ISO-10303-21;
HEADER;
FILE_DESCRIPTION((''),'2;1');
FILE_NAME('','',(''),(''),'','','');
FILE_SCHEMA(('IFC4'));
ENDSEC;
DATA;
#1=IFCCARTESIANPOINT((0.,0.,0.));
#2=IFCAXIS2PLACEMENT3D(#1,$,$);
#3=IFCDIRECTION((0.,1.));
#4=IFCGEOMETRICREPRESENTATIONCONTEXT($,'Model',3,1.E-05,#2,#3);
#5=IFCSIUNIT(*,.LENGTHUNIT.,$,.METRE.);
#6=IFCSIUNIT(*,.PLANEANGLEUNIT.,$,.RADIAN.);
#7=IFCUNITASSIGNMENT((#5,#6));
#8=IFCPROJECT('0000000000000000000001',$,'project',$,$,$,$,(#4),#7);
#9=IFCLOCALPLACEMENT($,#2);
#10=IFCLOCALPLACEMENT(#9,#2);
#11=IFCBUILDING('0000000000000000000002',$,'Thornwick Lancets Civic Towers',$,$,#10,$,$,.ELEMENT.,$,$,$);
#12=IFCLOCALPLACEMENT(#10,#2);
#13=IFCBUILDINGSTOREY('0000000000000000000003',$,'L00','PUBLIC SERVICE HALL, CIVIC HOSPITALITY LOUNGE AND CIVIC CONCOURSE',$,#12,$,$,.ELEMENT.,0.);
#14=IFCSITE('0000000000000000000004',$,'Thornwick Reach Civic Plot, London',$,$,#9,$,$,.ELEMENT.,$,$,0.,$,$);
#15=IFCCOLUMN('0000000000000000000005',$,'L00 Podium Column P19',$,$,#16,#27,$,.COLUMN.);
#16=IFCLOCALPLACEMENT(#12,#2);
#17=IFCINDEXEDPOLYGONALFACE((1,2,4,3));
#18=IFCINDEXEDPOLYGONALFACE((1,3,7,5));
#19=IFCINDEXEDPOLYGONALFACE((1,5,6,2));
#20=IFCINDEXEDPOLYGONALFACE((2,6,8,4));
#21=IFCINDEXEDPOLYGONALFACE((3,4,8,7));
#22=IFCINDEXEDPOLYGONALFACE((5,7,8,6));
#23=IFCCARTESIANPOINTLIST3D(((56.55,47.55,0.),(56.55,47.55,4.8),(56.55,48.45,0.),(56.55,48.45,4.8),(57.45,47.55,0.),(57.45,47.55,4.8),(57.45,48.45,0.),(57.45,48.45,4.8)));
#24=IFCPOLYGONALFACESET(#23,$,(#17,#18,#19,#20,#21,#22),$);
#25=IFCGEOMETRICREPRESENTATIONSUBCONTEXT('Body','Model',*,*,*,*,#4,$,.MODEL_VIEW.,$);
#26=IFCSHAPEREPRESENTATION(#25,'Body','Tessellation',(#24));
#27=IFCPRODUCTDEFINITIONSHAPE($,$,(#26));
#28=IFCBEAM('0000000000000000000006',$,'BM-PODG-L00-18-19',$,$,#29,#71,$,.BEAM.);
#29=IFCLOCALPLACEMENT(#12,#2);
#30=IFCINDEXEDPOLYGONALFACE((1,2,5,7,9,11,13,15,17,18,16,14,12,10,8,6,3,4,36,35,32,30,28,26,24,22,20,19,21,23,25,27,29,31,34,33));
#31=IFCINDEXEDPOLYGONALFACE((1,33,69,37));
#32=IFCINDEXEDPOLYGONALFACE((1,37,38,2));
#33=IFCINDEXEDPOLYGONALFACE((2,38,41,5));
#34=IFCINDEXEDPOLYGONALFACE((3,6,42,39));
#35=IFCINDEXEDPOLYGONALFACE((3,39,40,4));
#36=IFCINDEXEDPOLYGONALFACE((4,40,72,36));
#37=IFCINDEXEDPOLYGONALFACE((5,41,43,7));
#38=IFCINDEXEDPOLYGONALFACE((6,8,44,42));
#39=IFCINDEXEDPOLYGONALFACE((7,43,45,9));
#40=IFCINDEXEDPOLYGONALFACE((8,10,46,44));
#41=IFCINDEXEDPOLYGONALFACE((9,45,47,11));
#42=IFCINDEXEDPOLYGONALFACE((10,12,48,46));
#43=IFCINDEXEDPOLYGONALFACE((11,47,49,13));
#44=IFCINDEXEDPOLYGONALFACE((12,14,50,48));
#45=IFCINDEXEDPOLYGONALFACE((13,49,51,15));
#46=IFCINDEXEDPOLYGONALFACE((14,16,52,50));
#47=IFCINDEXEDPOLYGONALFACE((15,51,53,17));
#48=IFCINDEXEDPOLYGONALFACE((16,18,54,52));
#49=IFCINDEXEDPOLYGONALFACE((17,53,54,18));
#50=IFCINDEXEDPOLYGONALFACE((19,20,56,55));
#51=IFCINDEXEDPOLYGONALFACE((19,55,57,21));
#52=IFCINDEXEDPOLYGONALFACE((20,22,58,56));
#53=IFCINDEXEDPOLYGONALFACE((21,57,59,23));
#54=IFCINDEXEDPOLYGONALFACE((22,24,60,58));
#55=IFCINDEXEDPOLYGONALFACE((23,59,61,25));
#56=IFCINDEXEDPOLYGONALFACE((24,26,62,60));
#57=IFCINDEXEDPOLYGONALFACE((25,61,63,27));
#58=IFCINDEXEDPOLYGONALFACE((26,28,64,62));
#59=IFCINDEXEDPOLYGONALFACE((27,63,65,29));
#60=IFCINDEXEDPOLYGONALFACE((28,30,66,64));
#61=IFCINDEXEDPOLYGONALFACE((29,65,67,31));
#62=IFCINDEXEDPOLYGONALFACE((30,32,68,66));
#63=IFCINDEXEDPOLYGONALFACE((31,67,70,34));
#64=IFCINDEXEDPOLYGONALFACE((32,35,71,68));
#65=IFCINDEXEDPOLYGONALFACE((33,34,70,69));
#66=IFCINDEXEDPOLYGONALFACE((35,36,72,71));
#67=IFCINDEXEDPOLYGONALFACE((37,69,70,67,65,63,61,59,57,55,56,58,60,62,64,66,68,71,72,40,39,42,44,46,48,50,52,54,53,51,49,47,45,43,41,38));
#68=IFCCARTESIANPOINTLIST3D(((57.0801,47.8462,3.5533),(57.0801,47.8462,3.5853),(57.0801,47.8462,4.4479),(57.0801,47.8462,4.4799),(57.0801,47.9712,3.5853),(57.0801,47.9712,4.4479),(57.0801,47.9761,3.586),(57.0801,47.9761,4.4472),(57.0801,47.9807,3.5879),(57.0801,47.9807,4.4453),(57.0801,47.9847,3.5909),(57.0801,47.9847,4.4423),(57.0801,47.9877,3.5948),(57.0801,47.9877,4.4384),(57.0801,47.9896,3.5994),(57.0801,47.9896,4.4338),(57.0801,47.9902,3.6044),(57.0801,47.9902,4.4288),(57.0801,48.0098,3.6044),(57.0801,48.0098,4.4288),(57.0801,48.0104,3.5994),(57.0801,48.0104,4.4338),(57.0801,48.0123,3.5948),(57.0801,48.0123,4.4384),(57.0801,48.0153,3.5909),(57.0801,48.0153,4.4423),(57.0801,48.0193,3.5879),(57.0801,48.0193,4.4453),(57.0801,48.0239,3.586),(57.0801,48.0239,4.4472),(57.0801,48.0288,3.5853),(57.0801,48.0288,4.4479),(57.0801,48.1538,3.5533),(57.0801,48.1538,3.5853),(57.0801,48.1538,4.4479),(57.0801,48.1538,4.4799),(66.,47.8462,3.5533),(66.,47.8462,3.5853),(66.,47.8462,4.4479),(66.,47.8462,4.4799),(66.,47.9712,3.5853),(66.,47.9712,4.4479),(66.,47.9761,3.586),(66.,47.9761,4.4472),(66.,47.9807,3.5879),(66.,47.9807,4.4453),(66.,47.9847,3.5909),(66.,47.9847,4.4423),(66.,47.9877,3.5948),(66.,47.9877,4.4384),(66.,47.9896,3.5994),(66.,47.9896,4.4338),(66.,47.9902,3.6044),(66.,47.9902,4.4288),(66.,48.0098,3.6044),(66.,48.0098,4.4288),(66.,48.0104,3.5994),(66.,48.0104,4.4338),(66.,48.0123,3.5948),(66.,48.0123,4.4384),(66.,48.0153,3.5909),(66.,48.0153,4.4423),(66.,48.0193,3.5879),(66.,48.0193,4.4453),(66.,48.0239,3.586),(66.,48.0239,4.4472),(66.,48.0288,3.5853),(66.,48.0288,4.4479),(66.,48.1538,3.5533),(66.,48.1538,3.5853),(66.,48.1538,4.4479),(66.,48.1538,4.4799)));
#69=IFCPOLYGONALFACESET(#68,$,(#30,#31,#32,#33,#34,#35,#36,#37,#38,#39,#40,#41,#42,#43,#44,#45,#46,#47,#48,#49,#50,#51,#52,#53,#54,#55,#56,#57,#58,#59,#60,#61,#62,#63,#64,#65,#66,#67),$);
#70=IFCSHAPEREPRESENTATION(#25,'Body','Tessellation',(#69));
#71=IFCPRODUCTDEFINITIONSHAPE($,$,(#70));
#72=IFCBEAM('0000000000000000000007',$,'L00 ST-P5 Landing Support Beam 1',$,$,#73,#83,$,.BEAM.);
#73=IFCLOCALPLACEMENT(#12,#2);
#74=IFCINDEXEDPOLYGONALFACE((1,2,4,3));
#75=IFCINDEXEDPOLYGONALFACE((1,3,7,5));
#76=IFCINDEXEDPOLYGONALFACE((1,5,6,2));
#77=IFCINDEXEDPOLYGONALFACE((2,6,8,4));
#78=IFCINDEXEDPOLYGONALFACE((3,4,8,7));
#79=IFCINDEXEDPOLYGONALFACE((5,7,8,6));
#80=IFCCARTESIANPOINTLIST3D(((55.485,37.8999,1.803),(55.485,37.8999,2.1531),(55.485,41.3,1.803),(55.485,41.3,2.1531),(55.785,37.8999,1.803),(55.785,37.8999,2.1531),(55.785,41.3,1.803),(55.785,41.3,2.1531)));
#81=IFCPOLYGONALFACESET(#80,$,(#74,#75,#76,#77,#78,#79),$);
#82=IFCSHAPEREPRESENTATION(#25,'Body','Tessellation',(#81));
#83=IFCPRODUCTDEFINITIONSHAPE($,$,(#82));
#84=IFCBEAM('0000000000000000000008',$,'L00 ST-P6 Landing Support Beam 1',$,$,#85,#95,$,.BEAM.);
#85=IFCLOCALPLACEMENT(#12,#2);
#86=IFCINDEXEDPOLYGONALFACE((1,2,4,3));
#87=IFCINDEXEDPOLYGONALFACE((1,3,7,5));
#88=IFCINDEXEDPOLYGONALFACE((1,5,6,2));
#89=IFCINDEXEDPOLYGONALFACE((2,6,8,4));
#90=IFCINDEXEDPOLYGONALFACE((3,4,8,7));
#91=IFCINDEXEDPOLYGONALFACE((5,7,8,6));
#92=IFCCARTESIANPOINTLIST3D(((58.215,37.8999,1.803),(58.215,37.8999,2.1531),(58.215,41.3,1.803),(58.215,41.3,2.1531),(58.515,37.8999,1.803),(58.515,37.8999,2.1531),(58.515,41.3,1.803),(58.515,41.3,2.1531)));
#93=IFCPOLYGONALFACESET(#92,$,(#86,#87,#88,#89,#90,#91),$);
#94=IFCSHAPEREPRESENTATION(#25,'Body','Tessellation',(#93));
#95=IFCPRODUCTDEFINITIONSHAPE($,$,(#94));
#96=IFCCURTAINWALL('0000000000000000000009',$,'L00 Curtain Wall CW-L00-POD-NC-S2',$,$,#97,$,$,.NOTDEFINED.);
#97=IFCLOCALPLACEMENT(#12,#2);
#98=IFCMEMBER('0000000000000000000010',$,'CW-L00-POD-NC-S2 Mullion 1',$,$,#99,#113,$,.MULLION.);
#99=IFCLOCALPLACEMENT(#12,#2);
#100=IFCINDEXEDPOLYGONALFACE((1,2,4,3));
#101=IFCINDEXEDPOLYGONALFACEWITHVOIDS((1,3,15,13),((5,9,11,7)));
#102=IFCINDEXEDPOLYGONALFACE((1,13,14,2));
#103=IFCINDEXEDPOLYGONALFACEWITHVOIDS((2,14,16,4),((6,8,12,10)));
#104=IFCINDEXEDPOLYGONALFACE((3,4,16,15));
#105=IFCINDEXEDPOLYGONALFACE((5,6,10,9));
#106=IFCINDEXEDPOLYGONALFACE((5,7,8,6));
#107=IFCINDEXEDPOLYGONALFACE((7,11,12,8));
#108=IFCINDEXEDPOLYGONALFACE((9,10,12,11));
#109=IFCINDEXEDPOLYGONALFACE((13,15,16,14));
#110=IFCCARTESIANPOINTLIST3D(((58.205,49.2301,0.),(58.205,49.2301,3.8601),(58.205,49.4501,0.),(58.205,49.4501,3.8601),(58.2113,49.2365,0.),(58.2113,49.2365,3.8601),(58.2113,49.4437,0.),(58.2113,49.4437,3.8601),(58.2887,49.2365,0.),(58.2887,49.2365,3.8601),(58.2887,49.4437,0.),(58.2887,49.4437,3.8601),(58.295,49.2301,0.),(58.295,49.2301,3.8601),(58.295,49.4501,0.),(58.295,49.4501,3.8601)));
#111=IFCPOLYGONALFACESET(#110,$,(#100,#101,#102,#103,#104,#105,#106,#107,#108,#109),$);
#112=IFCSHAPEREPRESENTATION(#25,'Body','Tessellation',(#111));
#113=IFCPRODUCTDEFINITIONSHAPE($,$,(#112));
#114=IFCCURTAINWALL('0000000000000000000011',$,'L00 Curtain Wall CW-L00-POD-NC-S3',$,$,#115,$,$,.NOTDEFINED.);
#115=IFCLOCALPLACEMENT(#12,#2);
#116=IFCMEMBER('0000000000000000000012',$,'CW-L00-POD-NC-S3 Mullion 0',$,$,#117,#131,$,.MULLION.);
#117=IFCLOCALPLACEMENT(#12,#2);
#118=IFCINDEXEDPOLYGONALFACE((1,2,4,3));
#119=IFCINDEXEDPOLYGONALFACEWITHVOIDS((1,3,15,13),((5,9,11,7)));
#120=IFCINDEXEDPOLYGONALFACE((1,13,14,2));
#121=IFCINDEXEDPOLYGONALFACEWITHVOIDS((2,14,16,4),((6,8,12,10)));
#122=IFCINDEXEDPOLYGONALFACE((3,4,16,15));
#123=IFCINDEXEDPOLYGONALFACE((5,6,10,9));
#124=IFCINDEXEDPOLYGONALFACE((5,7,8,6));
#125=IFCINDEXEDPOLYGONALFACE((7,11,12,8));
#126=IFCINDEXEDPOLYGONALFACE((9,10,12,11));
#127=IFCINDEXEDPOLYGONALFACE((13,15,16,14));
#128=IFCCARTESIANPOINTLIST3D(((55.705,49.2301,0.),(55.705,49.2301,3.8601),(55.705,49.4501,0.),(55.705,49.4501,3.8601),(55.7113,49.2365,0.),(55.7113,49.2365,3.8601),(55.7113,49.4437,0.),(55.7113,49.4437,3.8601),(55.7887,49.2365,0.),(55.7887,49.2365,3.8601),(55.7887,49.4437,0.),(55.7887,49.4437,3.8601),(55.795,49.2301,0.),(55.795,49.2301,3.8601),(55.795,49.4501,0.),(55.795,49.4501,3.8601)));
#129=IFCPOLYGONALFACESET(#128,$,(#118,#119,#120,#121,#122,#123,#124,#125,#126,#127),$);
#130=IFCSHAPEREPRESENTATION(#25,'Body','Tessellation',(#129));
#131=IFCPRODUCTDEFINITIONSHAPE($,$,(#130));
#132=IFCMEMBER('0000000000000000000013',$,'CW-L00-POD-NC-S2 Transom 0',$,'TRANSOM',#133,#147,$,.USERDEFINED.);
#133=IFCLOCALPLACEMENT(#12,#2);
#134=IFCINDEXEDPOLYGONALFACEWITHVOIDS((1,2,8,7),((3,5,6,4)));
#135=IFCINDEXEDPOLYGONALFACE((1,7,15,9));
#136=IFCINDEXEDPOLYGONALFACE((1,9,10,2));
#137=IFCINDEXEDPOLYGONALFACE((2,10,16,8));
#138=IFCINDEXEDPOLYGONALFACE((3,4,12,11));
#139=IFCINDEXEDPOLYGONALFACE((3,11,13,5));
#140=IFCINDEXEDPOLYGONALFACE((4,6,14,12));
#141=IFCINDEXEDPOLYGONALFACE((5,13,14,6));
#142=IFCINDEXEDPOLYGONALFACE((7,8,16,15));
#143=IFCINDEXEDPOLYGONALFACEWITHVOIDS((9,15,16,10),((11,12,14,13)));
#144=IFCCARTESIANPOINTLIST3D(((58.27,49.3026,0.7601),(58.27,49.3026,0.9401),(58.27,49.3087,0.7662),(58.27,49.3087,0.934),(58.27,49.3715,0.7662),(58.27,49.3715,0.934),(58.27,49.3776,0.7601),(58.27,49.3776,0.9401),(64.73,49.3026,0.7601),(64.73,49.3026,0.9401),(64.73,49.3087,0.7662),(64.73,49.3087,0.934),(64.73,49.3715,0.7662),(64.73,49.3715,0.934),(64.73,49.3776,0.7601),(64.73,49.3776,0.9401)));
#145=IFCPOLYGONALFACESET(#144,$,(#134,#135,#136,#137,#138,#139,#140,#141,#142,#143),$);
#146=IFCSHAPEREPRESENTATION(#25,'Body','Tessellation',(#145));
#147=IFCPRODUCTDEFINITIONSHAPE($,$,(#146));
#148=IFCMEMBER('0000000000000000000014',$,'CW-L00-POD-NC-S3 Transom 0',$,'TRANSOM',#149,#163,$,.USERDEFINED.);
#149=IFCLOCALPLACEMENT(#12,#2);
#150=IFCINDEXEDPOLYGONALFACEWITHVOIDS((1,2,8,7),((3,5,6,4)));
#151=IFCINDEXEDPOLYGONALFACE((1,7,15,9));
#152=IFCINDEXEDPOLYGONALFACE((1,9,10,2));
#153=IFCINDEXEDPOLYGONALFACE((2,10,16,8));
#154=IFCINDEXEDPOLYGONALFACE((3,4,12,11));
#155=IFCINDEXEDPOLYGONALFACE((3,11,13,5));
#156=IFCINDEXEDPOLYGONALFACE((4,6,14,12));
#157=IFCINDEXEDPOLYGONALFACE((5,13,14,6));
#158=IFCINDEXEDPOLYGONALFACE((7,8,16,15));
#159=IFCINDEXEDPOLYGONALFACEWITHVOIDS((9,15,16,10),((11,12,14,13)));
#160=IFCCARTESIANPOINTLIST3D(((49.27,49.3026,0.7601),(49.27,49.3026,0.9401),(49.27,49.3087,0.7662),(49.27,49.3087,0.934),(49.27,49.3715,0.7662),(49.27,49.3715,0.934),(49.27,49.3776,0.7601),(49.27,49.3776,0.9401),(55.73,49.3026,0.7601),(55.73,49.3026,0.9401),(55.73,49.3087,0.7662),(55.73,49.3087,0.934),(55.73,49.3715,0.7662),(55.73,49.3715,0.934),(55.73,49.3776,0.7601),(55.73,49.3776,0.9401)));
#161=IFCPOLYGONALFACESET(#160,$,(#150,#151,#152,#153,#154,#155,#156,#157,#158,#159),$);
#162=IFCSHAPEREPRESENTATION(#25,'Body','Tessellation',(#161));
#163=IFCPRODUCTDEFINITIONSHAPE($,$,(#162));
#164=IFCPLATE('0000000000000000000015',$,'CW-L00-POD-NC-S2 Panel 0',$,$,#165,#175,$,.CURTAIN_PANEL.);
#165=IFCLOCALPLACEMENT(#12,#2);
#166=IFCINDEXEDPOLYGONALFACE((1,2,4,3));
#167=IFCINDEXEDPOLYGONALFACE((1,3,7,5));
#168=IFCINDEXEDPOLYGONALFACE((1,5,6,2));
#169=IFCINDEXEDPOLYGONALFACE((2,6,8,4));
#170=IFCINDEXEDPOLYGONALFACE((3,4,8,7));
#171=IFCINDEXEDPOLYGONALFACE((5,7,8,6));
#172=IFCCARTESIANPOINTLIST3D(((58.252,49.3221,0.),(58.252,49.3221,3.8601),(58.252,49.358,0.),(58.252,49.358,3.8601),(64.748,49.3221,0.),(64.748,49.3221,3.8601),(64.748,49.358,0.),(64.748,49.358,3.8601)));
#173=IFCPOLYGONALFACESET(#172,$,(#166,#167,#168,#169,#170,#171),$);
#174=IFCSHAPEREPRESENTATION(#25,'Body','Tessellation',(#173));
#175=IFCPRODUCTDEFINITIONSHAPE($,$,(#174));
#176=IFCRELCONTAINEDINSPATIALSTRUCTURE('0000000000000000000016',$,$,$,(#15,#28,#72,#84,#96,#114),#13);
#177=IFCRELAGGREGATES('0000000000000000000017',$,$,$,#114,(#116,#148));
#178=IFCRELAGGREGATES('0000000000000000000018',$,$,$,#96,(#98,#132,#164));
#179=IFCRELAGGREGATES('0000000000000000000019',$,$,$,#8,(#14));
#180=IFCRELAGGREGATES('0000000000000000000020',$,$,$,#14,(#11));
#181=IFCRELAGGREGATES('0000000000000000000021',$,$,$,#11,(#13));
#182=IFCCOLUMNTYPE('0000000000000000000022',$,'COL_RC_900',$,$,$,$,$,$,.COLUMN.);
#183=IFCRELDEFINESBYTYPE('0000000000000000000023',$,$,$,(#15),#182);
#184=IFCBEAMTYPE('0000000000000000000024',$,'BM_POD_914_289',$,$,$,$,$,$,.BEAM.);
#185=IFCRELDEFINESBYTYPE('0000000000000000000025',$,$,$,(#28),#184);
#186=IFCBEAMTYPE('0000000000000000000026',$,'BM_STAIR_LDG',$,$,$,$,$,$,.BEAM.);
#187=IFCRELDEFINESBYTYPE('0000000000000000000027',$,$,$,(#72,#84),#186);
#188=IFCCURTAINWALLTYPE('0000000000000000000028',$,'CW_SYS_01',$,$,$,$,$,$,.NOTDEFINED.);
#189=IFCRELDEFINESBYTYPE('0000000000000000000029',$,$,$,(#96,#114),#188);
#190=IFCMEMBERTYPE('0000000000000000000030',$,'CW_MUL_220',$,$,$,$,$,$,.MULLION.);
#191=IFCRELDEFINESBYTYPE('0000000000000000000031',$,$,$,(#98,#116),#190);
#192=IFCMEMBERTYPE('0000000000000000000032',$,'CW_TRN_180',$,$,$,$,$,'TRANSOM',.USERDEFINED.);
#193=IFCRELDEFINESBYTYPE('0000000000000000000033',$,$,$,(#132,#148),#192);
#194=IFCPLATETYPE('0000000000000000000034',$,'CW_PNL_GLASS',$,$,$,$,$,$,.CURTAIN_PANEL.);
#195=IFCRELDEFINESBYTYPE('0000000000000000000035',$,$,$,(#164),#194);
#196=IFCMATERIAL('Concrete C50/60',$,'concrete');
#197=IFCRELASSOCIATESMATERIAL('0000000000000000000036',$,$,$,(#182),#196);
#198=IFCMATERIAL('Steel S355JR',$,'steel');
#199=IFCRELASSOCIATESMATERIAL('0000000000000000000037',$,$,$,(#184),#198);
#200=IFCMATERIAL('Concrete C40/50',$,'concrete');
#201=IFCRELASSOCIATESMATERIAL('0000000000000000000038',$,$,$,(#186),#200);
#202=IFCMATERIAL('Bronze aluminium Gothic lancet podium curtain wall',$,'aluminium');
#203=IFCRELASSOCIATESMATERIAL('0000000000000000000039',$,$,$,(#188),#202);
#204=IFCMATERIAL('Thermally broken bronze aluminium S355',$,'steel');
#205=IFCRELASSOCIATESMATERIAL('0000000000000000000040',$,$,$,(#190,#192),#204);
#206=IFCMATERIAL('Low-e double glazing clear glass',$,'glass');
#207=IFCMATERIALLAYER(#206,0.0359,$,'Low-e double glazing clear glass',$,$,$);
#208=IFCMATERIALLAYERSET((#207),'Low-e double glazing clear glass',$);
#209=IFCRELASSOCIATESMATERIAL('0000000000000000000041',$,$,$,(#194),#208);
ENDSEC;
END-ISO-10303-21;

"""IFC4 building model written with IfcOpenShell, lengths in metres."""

from ifc_helpers import new_model, si_unit, direction, frame, origin, origin_2d, place, context, subcontext, project, spatial, rectangle, hollow_rectangle, i_section, extrude, material, layer, layer_set, material_profile, profile_set, type_object, element, aggregate, save


model = new_model("IFC4")

# Units and contexts
model_context = context("Model", 3, precision=1e-05, world=origin(), true_north=direction((0.0, 1.0)))
body_context = subcontext(model_context, "Body", "Model", "MODEL_VIEW")
ifc_project = project(units=[si_unit("LENGTHUNIT", "METRE"), si_unit("PLANEANGLEUNIT", "RADIAN")], contexts=[model_context])

# Site, building, storey
site_placement = place(None, origin())
site = spatial("IfcSite", under=ifc_project, at=site_placement, Name="Thornwick Reach Civic Plot, London", CompositionType="ELEMENT", RefElevation=0.0)
building_placement = place(site_placement, origin())
building = spatial("IfcBuilding", under=site, at=building_placement, Name="Thornwick Lancets Civic Towers", CompositionType="ELEMENT")
storey_placement = place(building_placement, origin())
storey = spatial("IfcBuildingStorey", under=building, at=storey_placement, Name="L00", Description="PUBLIC SERVICE HALL, CIVIC HOSPITALITY LOUNGE AND CIVIC CONCOURSE", CompositionType="ELEMENT", Elevation=0.0)

# Column
ifc_material_1 = material(Name="Concrete C50/60", Category="concrete")
ifc_material_profile_1 = material_profile(ifc_material_1, rectangle(XDim=0.8999, YDim=0.8999, at=origin_2d()), Name="RC 900x900")
ifc_profile_set_1 = profile_set([ifc_material_profile_1], Name="Concrete C50/60")
column_type = type_object("IfcColumnType", Name="COL_RC_900", PredefinedType="COLUMN", material=ifc_profile_set_1)
column_placement = place(storey_placement, frame((57.0, 48.0, 0.0), z_axis=(0.0, 0.0, 1.0), x_axis=(1.0, 0.0, 0.0)))
element("IfcColumn", 1, at=column_placement, inside=storey, type_object=column_type, Name="L00 Podium Column P19", PredefinedType="COLUMN", context=body_context, shape_type="SweptSolid", body=[
    extrude(rectangle(XDim=0.8999, YDim=0.8999, at=origin_2d()), origin(), (0.0, 0.0, 1.0), 4.8),
])

# Beams
ifc_material_2 = material(Name="Steel S355JR", Category="steel")
ifc_material_profile_2 = material_profile(ifc_material_2, i_section(OverallWidth=0.3076, OverallDepth=0.9265, WebThickness=0.0195, FlangeThickness=0.032, FilletRadius=0.019, at=origin_2d()), Name="UKB 914x305x289")
ifc_profile_set_2 = profile_set([ifc_material_profile_2], Name="Steel S355JR")
beam_type_1 = type_object("IfcBeamType", Name="BM_POD_914_289", PredefinedType="BEAM", material=ifc_profile_set_2)
beam_placement = place(storey_placement, frame((57.0801, 48.0, 4.0166), z_axis=(1.0, 0.0, 0.0), x_axis=(0.0, 1.0, 0.0)))
element("IfcBeam", 2, at=beam_placement, inside=storey, type_object=beam_type_1, Name="BM-PODG-L00-18-19", PredefinedType="BEAM", context=body_context, shape_type="SweptSolid", body=[
    extrude(i_section(OverallWidth=0.3076, OverallDepth=0.9265, WebThickness=0.0195, FlangeThickness=0.032, FilletRadius=0.019, at=origin_2d()), origin(), (0.0, 0.0, 1.0), 8.9199),
])
ifc_material_3 = material(Name="Concrete C40/50", Category="concrete")
ifc_material_profile_3 = material_profile(ifc_material_3, rectangle(XDim=0.3, YDim=0.3501, at=origin_2d()), Name="RC 300x350")
ifc_profile_set_3 = profile_set([ifc_material_profile_3], Name="Concrete C40/50")
beam_type_2 = type_object("IfcBeamType", Name="BM_STAIR_LDG", PredefinedType="BEAM", material=ifc_profile_set_3)
for number, where, z_axis, x_axis, name in (
    (3, (55.635, 37.8999, 1.978), (0.0, 1.0, 0.0), (-1.0, 0.0, 0.0), "L00 ST-P5 Landing Support Beam 1"),
    (4, (58.365, 41.3, 1.978), (0.0, -1.0, 0.0), (1.0, 0.0, 0.0), "L00 ST-P6 Landing Support Beam 1"),
):
    element("IfcBeam", number, at=place(storey_placement, frame(where, z_axis=z_axis, x_axis=x_axis)), inside=storey, type_object=beam_type_2, Name=name, PredefinedType="BEAM", context=body_context, shape_type="SweptSolid", body=[
        extrude(rectangle(XDim=0.3, YDim=0.3501, at=origin_2d()), origin(), (0.0, 0.0, 1.0), 3.4001),
    ])

# Curtain walls, members
ifc_material_4 = material(Name="Bronze aluminium Gothic lancet podium curtain wall", Category="aluminium")
curtain_wall_type = type_object("IfcCurtainWallType", Name="CW_SYS_01", PredefinedType="NOTDEFINED", material=ifc_material_4)
curtain_wall_1_placement = place(storey_placement, origin())
curtain_wall_1 = element("IfcCurtainWall", 5, at=curtain_wall_1_placement, inside=storey, type_object=curtain_wall_type, Name="L00 Curtain Wall CW-L00-POD-NC-S2", PredefinedType="NOTDEFINED")
ifc_material_5 = material(Name="Thermally broken bronze aluminium S355", Category="steel")
ifc_material_profile_4 = material_profile(ifc_material_5, hollow_rectangle(XDim=0.0901, YDim=0.22, WallThickness=0.0063, at=origin_2d()), Name="RHS 220x90x6.3")
ifc_profile_set_4 = profile_set([ifc_material_profile_4], Name="Thermally broken bronze aluminium S355")
member_type_1 = type_object("IfcMemberType", Name="CW_MUL_220", PredefinedType="MULLION", material=ifc_profile_set_4)
member_1_placement = place(storey_placement, frame((58.25, 49.3401, 0.0), z_axis=(0.0, 0.0, 1.0), x_axis=(1.0, 0.0, 0.0)))
member_1 = element("IfcMember", 6, at=member_1_placement, type_object=member_type_1, Name="CW-L00-POD-NC-S2 Mullion 1", PredefinedType="MULLION", context=body_context, shape_type="SweptSolid", body=[
    extrude(hollow_rectangle(XDim=0.0901, YDim=0.22, WallThickness=0.0063, at=origin_2d()), origin(), (0.0, 0.0, 1.0), 3.8601),
])
curtain_wall_2_placement = place(storey_placement, origin())
curtain_wall_2 = element("IfcCurtainWall", 7, at=curtain_wall_2_placement, inside=storey, type_object=curtain_wall_type, Name="L00 Curtain Wall CW-L00-POD-NC-S3", PredefinedType="NOTDEFINED")
member_2_placement = place(storey_placement, frame((55.75, 49.3401, 0.0), z_axis=(0.0, 0.0, 1.0), x_axis=(1.0, 0.0, 0.0)))
member_2 = element("IfcMember", 8, at=member_2_placement, type_object=member_type_1, Name="CW-L00-POD-NC-S3 Mullion 0", PredefinedType="MULLION", context=body_context, shape_type="SweptSolid", body=[
    extrude(hollow_rectangle(XDim=0.0901, YDim=0.22, WallThickness=0.0063, at=origin_2d()), origin(), (0.0, 0.0, 1.0), 3.8601),
])

# Members
ifc_material_profile_5 = material_profile(ifc_material_5, hollow_rectangle(XDim=0.075, YDim=0.1799, WallThickness=0.0061, at=origin_2d()), Name="RHS 180x75x6")
ifc_profile_set_5 = profile_set([ifc_material_profile_5], Name="Thermally broken bronze aluminium S355")
member_type_2 = type_object("IfcMemberType", Name="CW_TRN_180", ElementType="TRANSOM", PredefinedType="USERDEFINED", material=ifc_profile_set_5)
member_3_placement = place(storey_placement, frame((64.73, 49.3401, 0.8501), z_axis=(-1.0, 0.0, 0.0), x_axis=(0.0, -1.0, 0.0)))
member_3 = element("IfcMember", 9, at=member_3_placement, type_object=member_type_2, Name="CW-L00-POD-NC-S2 Transom 0", ObjectType="TRANSOM", PredefinedType="USERDEFINED", context=body_context, shape_type="SweptSolid", body=[
    extrude(hollow_rectangle(XDim=0.075, YDim=0.1799, WallThickness=0.0061, at=origin_2d()), origin(), (0.0, 0.0, 1.0), 6.46),
])
member_4_placement = place(storey_placement, frame((55.73, 49.3401, 0.8501), z_axis=(-1.0, 0.0, 0.0), x_axis=(0.0, -1.0, 0.0)))
member_4 = element("IfcMember", 10, at=member_4_placement, type_object=member_type_2, Name="CW-L00-POD-NC-S3 Transom 0", ObjectType="TRANSOM", PredefinedType="USERDEFINED", context=body_context, shape_type="SweptSolid", body=[
    extrude(hollow_rectangle(XDim=0.075, YDim=0.1799, WallThickness=0.0061, at=origin_2d()), origin(), (0.0, 0.0, 1.0), 6.46),
])
aggregate(curtain_wall_2, [member_2, member_4])

# Plate
ifc_material_6 = material(Name="Low-e double glazing clear glass", Category="glass")
ifc_layer_1 = layer(ifc_material_6, 0.0359, Name="Low-e double glazing clear glass")
ifc_layer_set_1 = layer_set([ifc_layer_1], Name="Low-e double glazing clear glass")
plate_type = type_object("IfcPlateType", Name="CW_PNL_GLASS", PredefinedType="CURTAIN_PANEL", material=ifc_layer_set_1)
plate_placement = place(storey_placement, frame((61.5, 49.3401, 0.0), z_axis=(0.0, 0.0, 1.0), x_axis=(-1.0, 0.0, 0.0)))
plate = element("IfcPlate", 11, at=plate_placement, type_object=plate_type, Name="CW-L00-POD-NC-S2 Panel 0", PredefinedType="CURTAIN_PANEL", context=body_context, shape_type="SweptSolid", body=[
    extrude(rectangle(XDim=6.4961, YDim=0.0359, at=origin_2d()), origin(), (0.0, 0.0, 1.0), 3.8601),
])
aggregate(curtain_wall_1, [member_1, member_3, plate])

save(model, "model.ifc")
